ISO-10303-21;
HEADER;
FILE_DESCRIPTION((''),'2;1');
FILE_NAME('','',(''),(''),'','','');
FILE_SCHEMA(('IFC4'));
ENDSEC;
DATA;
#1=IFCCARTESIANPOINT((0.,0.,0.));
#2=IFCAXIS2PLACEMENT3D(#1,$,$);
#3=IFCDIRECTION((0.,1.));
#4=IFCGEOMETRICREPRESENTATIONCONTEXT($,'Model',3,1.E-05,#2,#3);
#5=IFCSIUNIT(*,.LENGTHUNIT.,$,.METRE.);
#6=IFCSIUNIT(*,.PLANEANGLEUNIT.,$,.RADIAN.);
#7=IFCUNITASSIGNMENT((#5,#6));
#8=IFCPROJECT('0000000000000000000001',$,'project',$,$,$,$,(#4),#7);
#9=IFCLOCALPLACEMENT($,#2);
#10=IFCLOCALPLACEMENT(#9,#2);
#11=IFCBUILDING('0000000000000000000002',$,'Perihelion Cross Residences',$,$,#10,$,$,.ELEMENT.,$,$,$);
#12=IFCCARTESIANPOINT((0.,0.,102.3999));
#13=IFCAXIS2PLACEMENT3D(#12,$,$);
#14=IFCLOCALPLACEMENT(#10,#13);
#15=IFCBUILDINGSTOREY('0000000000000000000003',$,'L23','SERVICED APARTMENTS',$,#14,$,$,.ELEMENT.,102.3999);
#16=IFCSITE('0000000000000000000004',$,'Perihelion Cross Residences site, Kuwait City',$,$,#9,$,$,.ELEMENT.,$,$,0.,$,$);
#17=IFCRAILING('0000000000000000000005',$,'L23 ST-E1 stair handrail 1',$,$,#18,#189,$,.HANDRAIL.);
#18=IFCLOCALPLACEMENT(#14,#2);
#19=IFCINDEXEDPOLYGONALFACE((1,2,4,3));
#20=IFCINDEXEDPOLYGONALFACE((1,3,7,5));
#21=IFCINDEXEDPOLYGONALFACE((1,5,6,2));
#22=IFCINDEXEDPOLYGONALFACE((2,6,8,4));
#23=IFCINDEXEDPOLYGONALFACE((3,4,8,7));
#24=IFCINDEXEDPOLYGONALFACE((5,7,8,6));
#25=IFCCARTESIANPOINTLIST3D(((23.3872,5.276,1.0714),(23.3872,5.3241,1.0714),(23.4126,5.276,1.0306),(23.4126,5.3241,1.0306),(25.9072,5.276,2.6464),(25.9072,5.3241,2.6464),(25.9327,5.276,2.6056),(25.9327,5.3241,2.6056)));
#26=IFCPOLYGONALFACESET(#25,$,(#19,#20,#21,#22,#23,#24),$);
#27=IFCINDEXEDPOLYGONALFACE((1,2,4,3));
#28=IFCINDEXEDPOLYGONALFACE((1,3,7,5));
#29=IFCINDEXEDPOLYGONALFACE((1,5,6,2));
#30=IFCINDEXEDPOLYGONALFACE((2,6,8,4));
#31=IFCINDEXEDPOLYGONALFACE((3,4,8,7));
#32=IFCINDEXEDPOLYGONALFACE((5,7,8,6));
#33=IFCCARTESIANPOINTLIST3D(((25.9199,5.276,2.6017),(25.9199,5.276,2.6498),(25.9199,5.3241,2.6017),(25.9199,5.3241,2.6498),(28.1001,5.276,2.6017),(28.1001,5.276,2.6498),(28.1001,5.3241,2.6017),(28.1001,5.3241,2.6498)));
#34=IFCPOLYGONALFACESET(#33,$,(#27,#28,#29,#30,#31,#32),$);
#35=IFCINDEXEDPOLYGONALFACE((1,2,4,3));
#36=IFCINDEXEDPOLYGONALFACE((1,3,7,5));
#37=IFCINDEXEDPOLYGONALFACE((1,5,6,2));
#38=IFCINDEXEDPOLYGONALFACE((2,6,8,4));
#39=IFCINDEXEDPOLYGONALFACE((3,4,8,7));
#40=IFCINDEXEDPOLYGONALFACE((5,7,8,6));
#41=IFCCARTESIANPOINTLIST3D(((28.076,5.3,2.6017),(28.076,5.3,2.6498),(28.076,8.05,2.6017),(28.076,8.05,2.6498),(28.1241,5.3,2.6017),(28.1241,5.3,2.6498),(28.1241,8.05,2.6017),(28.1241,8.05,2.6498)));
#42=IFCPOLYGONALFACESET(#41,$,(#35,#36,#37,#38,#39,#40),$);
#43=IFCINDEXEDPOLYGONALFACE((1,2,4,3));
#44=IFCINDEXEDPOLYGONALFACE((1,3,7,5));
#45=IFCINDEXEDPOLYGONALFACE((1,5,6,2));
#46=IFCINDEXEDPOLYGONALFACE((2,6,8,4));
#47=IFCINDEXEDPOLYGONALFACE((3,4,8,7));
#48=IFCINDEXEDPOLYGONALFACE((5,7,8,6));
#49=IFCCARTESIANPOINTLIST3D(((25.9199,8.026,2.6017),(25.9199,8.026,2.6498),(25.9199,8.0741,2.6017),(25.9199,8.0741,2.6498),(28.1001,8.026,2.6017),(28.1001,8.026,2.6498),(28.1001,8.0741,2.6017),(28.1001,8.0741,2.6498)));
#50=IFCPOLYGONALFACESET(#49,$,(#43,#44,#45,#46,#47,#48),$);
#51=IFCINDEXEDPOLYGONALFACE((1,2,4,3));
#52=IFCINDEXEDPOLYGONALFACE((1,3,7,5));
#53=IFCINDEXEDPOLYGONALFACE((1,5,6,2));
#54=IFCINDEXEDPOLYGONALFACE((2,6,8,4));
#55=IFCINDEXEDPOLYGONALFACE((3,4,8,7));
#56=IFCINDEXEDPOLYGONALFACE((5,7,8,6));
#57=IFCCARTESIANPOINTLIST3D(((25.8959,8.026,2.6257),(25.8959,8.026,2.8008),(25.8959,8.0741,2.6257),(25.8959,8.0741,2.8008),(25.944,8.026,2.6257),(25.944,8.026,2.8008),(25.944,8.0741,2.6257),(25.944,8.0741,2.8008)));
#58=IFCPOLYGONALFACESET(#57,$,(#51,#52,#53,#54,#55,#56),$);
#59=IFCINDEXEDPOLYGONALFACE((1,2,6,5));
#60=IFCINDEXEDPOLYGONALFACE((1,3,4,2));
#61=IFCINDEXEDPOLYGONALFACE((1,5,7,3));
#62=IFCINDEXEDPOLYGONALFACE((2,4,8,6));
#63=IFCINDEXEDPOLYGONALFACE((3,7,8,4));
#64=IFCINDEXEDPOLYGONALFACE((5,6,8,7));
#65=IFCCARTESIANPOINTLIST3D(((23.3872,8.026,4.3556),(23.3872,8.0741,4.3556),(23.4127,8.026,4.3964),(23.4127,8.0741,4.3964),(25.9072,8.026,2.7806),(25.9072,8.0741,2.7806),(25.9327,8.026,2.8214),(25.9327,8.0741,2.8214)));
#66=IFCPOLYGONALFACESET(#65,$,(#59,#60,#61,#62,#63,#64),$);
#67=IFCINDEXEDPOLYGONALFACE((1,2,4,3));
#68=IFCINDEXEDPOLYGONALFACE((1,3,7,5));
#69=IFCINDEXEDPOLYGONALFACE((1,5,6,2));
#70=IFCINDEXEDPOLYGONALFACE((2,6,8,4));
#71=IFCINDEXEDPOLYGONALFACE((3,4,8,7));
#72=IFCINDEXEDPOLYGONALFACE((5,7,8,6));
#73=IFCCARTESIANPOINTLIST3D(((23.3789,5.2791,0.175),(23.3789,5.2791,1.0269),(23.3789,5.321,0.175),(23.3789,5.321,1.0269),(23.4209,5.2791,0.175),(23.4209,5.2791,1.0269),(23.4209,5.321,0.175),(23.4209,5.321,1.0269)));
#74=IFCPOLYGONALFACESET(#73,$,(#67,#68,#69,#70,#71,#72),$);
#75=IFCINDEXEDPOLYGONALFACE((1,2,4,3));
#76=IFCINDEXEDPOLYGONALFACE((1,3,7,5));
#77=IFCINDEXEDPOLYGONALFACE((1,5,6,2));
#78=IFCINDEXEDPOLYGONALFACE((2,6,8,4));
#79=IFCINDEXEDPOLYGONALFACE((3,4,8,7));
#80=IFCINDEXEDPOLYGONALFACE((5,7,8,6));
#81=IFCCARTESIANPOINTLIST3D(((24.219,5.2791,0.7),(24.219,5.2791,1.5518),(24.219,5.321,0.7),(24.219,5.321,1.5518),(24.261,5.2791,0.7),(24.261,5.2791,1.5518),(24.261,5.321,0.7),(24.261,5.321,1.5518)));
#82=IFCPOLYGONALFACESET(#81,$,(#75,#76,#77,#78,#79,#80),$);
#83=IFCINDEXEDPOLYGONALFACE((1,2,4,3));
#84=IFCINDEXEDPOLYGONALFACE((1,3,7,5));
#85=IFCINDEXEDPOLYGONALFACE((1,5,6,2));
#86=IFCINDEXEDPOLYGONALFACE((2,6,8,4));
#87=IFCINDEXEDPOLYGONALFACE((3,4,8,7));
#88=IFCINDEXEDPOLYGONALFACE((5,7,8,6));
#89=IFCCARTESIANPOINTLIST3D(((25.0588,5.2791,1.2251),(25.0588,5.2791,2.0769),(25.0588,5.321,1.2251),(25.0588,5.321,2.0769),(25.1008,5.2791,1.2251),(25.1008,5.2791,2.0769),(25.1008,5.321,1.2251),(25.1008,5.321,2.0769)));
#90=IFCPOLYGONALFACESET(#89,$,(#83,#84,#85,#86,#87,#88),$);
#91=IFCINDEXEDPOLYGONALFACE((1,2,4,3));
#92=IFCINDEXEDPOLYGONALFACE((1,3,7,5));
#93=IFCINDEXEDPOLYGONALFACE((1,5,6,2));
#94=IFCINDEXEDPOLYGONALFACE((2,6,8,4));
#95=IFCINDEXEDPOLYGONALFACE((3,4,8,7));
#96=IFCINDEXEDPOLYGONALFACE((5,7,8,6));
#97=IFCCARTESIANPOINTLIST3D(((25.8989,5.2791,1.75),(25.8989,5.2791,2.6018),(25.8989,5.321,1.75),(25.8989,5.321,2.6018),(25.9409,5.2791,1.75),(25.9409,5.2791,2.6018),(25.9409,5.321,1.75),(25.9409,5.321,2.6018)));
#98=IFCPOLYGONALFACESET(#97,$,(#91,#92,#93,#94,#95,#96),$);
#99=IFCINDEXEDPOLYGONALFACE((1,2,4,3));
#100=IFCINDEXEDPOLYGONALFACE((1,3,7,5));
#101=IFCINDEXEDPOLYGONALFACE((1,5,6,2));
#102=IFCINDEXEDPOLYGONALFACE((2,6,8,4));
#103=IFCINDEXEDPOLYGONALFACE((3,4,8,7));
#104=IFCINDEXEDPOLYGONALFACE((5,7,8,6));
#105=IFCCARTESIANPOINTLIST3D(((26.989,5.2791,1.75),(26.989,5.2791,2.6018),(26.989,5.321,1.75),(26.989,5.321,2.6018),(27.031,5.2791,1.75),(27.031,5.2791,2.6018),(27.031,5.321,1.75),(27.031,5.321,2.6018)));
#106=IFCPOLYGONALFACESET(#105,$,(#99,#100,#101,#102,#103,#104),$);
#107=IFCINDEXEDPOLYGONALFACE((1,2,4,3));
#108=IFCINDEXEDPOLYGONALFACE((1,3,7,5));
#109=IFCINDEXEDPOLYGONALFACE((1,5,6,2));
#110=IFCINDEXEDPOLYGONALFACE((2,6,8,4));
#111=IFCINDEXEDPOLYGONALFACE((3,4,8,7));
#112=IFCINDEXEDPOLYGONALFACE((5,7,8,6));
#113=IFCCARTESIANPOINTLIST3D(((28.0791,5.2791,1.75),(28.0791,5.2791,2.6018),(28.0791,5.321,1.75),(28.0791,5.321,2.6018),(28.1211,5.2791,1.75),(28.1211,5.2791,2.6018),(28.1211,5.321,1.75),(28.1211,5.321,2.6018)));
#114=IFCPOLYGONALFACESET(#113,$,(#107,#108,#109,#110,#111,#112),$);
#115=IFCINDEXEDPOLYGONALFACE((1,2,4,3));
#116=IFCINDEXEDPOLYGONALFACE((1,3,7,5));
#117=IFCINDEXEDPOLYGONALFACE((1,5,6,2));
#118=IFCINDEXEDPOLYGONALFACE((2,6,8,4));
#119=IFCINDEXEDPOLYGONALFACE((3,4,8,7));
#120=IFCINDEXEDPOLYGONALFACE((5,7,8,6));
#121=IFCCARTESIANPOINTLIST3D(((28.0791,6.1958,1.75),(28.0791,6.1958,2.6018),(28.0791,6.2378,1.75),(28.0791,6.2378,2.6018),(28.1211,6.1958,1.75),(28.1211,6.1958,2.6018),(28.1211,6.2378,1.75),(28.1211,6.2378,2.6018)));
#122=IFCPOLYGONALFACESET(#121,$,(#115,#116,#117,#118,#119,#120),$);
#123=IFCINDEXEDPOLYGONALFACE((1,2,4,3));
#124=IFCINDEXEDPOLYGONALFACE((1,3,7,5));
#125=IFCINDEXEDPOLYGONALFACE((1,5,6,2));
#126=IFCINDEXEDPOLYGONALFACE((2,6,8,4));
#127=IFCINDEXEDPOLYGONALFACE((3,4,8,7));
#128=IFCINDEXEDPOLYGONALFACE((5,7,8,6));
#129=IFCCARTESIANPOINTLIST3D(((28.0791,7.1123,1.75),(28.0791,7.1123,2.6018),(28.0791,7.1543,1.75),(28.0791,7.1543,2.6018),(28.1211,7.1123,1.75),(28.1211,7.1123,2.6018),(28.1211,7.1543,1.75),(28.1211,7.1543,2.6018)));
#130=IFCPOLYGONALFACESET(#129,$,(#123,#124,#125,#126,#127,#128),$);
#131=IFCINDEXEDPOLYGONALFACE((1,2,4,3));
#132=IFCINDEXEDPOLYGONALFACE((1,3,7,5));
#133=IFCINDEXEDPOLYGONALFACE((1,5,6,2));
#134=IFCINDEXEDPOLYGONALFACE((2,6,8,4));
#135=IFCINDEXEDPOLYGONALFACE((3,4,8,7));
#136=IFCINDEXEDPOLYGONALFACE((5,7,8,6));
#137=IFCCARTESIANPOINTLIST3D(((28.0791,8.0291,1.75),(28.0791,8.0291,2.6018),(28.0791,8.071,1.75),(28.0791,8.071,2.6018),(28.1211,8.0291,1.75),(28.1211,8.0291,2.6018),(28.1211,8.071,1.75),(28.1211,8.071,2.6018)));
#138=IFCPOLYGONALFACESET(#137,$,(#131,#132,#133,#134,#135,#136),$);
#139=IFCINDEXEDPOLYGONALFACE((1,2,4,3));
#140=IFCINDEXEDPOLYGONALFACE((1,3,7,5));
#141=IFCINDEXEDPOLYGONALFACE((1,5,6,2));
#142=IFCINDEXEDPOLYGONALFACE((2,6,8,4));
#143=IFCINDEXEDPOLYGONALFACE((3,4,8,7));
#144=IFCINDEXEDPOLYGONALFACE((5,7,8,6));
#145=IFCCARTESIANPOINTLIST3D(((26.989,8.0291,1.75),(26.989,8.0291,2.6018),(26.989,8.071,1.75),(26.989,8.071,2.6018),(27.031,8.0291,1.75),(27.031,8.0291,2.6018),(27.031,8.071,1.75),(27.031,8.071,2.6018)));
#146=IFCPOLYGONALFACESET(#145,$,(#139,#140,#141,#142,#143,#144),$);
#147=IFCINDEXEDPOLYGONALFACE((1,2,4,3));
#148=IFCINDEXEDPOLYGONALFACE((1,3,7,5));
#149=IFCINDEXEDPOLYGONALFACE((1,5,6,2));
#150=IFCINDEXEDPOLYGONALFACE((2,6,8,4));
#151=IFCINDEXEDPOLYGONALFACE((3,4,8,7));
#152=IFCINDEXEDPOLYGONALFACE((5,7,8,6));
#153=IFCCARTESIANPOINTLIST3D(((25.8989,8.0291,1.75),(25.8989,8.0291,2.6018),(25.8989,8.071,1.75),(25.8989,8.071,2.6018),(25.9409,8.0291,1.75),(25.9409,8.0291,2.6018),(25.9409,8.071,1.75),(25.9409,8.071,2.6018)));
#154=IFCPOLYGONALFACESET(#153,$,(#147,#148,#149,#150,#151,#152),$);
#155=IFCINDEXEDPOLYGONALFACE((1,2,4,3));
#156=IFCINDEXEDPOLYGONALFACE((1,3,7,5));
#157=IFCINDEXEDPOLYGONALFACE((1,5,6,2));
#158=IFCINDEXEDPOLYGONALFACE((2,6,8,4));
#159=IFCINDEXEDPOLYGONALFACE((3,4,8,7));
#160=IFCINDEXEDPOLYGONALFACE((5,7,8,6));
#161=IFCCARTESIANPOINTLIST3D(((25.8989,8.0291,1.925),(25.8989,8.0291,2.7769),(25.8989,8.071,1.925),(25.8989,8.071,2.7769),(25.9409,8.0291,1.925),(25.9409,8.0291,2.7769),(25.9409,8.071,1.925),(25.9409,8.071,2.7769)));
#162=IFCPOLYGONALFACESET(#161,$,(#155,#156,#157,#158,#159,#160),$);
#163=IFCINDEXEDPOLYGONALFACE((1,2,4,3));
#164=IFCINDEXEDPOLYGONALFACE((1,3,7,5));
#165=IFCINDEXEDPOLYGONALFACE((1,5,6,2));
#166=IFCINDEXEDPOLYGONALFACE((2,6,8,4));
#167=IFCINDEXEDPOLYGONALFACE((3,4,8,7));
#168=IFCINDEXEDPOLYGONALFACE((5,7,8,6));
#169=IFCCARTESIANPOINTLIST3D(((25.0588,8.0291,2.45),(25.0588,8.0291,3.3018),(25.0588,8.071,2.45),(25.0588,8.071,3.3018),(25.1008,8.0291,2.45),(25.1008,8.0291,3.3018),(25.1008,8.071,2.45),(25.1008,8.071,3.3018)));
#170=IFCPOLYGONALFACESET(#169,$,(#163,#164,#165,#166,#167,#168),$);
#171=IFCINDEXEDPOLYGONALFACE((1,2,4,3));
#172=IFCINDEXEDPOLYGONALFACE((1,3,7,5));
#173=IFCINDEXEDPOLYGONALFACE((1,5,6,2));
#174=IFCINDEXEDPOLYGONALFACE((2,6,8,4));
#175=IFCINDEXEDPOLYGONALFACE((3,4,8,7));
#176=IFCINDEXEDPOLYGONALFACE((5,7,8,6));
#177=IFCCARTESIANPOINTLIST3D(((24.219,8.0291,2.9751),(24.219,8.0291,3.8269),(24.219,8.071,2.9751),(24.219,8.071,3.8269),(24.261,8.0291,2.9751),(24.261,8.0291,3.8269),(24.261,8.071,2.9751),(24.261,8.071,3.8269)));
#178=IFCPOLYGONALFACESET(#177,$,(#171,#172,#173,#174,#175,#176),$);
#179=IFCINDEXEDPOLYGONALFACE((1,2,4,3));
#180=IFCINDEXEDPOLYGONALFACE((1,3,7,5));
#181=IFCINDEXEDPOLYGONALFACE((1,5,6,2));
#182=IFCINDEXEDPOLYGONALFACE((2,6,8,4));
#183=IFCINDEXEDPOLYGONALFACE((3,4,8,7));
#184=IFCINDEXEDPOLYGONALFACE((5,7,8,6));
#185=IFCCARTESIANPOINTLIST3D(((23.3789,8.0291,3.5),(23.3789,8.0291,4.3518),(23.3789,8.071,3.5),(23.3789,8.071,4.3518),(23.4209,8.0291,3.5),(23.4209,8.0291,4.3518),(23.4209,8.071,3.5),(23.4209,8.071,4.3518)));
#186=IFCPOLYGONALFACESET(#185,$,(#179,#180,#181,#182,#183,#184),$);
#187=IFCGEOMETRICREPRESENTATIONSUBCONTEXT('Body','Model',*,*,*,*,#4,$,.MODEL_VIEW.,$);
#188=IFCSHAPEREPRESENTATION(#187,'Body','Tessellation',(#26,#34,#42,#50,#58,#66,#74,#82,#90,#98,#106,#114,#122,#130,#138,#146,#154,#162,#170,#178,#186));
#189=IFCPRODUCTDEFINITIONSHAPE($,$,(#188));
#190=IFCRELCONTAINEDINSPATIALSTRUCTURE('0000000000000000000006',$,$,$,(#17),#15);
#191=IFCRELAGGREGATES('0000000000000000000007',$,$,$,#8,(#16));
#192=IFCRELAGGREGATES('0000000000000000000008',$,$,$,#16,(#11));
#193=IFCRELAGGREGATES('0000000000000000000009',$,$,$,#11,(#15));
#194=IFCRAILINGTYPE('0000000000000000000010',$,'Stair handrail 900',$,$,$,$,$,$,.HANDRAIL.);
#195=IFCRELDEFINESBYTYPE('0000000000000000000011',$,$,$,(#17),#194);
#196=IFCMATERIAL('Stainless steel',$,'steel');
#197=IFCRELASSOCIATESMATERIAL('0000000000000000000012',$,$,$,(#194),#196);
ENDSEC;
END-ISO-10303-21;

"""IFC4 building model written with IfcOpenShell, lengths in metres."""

from ifc_helpers import new_model, si_unit, direction, frame, origin, origin_2d, place, context, subcontext, project, spatial, rectangle, extrude, material, type_object, element, save


model = new_model("IFC4")

# Units and contexts
model_context = context("Model", 3, precision=1e-05, world=origin(), true_north=direction((0.0, 1.0)))
body_context = subcontext(model_context, "Body", "Model", "MODEL_VIEW")
ifc_project = project(units=[si_unit("LENGTHUNIT", "METRE"), si_unit("PLANEANGLEUNIT", "RADIAN")], contexts=[model_context])

# Site, building, storey
site_placement = place(None, origin())
site = spatial("IfcSite", under=ifc_project, at=site_placement, Name="Perihelion Cross Residences site, Kuwait City", CompositionType="ELEMENT", RefElevation=0.0)
building_placement = place(site_placement, origin())
building = spatial("IfcBuilding", under=site, at=building_placement, Name="Perihelion Cross Residences", CompositionType="ELEMENT")
storey_placement = place(building_placement, frame((0.0, 0.0, 102.3999)))
storey = spatial("IfcBuildingStorey", under=building, at=storey_placement, Name="L23", Description="SERVICED APARTMENTS", CompositionType="ELEMENT", Elevation=102.3999)

# Railing
ifc_material_1 = material(Name="Stainless steel", Category="steel")
railing_type_1 = type_object("IfcRailingType", Name="Stair handrail 900", PredefinedType="HANDRAIL", material=ifc_material_1)
railing_1_placement = place(storey_placement, frame((23.3999, 5.3, 0.175)))
element("IfcRailing", 1, at=railing_1_placement, inside=storey, type_object=railing_type_1, Name="L23 ST-E1 stair handrail 1", PredefinedType="HANDRAIL", context=body_context, shape_type="SweptSolid", body=[
    extrude(rectangle(XDim=0.0481, YDim=0.0481, at=origin_2d()), frame((0.0, 0.0, 0.876), z_axis=(0.848008, 0.0, 0.529984), x_axis=(0.0, 1.0, 0.0)), (0.0, 0.0, 1.0), 2.9717),
    extrude(rectangle(XDim=0.0481, YDim=0.0481, at=origin_2d()), frame((2.52, 0.0, 2.4507), z_axis=(1.0, 0.0, 0.0), x_axis=(0.0, 1.0, 0.0)), (0.0, 0.0, 1.0), 2.1802),
    extrude(rectangle(XDim=0.0481, YDim=0.0481, at=origin_2d()), frame((4.7002, 0.0, 2.4507), z_axis=(0.0, 1.0, 0.0), x_axis=(-1.0, 0.0, 0.0)), (0.0, 0.0, 1.0), 2.75),
    extrude(rectangle(XDim=0.0481, YDim=0.0481, at=origin_2d()), frame((4.7002, 2.75, 2.4507), z_axis=(-1.0, 0.0, 0.0), x_axis=(0.0, -1.0, 0.0)), (0.0, 0.0, 1.0), 2.1802),
    extrude(rectangle(XDim=0.0481, YDim=0.0481, at=origin_2d()), frame((2.52, 2.75, 2.4507), z_axis=(0.0, 0.0, 1.0), x_axis=(1.0, 0.0, 0.0)), (0.0, 0.0, 1.0), 0.175),
    extrude(rectangle(XDim=0.0481, YDim=0.0481, at=origin_2d()), frame((2.52, 2.75, 2.626), z_axis=(-0.848008, 0.0, 0.529984), x_axis=(0.0, -1.0, 0.0)), (0.0, 0.0, 1.0), 2.9717),
    extrude(rectangle(XDim=0.042, YDim=0.042, at=origin_2d()), origin(), (0.0, 0.0, 1.0), 0.8518),
    extrude(rectangle(XDim=0.042, YDim=0.042, at=origin_2d()), frame((0.8401, 0.0, 0.5249)), (0.0, 0.0, 1.0), 0.8518),
    extrude(rectangle(XDim=0.042, YDim=0.042, at=origin_2d()), frame((1.6799, 0.0, 1.05)), (0.0, 0.0, 1.0), 0.8518),
    extrude(rectangle(XDim=0.042, YDim=0.042, at=origin_2d()), frame((2.52, 0.0, 1.575)), (0.0, 0.0, 1.0), 0.8518),
    extrude(rectangle(XDim=0.042, YDim=0.042, at=origin_2d()), frame((3.6101, 0.0, 1.575)), (0.0, 0.0, 1.0), 0.8518),
    extrude(rectangle(XDim=0.042, YDim=0.042, at=origin_2d()), frame((4.7002, 0.0, 1.575)), (0.0, 0.0, 1.0), 0.8518),
    extrude(rectangle(XDim=0.042, YDim=0.042, at=origin_2d()), frame((4.7002, 0.9167, 1.575)), (0.0, 0.0, 1.0), 0.8518),
    extrude(rectangle(XDim=0.042, YDim=0.042, at=origin_2d()), frame((4.7002, 1.8333, 1.575)), (0.0, 0.0, 1.0), 0.8518),
    extrude(rectangle(XDim=0.042, YDim=0.042, at=origin_2d()), frame((4.7002, 2.75, 1.575)), (0.0, 0.0, 1.0), 0.8518),
    extrude(rectangle(XDim=0.042, YDim=0.042, at=origin_2d()), frame((3.6101, 2.75, 1.575)), (0.0, 0.0, 1.0), 0.8518),
    extrude(rectangle(XDim=0.042, YDim=0.042, at=origin_2d()), frame((2.52, 2.75, 1.575)), (0.0, 0.0, 1.0), 0.8518),
    extrude(rectangle(XDim=0.042, YDim=0.042, at=origin_2d()), frame((2.52, 2.75, 1.75)), (0.0, 0.0, 1.0), 0.8518),
    extrude(rectangle(XDim=0.042, YDim=0.042, at=origin_2d()), frame((1.6799, 2.75, 2.2749)), (0.0, 0.0, 1.0), 0.8518),
    extrude(rectangle(XDim=0.042, YDim=0.042, at=origin_2d()), frame((0.8401, 2.75, 2.8)), (0.0, 0.0, 1.0), 0.8518),
    extrude(rectangle(XDim=0.042, YDim=0.042, at=origin_2d()), frame((0.0, 2.75, 3.325)), (0.0, 0.0, 1.0), 0.8518),
])

save(model, "model.ifc")
